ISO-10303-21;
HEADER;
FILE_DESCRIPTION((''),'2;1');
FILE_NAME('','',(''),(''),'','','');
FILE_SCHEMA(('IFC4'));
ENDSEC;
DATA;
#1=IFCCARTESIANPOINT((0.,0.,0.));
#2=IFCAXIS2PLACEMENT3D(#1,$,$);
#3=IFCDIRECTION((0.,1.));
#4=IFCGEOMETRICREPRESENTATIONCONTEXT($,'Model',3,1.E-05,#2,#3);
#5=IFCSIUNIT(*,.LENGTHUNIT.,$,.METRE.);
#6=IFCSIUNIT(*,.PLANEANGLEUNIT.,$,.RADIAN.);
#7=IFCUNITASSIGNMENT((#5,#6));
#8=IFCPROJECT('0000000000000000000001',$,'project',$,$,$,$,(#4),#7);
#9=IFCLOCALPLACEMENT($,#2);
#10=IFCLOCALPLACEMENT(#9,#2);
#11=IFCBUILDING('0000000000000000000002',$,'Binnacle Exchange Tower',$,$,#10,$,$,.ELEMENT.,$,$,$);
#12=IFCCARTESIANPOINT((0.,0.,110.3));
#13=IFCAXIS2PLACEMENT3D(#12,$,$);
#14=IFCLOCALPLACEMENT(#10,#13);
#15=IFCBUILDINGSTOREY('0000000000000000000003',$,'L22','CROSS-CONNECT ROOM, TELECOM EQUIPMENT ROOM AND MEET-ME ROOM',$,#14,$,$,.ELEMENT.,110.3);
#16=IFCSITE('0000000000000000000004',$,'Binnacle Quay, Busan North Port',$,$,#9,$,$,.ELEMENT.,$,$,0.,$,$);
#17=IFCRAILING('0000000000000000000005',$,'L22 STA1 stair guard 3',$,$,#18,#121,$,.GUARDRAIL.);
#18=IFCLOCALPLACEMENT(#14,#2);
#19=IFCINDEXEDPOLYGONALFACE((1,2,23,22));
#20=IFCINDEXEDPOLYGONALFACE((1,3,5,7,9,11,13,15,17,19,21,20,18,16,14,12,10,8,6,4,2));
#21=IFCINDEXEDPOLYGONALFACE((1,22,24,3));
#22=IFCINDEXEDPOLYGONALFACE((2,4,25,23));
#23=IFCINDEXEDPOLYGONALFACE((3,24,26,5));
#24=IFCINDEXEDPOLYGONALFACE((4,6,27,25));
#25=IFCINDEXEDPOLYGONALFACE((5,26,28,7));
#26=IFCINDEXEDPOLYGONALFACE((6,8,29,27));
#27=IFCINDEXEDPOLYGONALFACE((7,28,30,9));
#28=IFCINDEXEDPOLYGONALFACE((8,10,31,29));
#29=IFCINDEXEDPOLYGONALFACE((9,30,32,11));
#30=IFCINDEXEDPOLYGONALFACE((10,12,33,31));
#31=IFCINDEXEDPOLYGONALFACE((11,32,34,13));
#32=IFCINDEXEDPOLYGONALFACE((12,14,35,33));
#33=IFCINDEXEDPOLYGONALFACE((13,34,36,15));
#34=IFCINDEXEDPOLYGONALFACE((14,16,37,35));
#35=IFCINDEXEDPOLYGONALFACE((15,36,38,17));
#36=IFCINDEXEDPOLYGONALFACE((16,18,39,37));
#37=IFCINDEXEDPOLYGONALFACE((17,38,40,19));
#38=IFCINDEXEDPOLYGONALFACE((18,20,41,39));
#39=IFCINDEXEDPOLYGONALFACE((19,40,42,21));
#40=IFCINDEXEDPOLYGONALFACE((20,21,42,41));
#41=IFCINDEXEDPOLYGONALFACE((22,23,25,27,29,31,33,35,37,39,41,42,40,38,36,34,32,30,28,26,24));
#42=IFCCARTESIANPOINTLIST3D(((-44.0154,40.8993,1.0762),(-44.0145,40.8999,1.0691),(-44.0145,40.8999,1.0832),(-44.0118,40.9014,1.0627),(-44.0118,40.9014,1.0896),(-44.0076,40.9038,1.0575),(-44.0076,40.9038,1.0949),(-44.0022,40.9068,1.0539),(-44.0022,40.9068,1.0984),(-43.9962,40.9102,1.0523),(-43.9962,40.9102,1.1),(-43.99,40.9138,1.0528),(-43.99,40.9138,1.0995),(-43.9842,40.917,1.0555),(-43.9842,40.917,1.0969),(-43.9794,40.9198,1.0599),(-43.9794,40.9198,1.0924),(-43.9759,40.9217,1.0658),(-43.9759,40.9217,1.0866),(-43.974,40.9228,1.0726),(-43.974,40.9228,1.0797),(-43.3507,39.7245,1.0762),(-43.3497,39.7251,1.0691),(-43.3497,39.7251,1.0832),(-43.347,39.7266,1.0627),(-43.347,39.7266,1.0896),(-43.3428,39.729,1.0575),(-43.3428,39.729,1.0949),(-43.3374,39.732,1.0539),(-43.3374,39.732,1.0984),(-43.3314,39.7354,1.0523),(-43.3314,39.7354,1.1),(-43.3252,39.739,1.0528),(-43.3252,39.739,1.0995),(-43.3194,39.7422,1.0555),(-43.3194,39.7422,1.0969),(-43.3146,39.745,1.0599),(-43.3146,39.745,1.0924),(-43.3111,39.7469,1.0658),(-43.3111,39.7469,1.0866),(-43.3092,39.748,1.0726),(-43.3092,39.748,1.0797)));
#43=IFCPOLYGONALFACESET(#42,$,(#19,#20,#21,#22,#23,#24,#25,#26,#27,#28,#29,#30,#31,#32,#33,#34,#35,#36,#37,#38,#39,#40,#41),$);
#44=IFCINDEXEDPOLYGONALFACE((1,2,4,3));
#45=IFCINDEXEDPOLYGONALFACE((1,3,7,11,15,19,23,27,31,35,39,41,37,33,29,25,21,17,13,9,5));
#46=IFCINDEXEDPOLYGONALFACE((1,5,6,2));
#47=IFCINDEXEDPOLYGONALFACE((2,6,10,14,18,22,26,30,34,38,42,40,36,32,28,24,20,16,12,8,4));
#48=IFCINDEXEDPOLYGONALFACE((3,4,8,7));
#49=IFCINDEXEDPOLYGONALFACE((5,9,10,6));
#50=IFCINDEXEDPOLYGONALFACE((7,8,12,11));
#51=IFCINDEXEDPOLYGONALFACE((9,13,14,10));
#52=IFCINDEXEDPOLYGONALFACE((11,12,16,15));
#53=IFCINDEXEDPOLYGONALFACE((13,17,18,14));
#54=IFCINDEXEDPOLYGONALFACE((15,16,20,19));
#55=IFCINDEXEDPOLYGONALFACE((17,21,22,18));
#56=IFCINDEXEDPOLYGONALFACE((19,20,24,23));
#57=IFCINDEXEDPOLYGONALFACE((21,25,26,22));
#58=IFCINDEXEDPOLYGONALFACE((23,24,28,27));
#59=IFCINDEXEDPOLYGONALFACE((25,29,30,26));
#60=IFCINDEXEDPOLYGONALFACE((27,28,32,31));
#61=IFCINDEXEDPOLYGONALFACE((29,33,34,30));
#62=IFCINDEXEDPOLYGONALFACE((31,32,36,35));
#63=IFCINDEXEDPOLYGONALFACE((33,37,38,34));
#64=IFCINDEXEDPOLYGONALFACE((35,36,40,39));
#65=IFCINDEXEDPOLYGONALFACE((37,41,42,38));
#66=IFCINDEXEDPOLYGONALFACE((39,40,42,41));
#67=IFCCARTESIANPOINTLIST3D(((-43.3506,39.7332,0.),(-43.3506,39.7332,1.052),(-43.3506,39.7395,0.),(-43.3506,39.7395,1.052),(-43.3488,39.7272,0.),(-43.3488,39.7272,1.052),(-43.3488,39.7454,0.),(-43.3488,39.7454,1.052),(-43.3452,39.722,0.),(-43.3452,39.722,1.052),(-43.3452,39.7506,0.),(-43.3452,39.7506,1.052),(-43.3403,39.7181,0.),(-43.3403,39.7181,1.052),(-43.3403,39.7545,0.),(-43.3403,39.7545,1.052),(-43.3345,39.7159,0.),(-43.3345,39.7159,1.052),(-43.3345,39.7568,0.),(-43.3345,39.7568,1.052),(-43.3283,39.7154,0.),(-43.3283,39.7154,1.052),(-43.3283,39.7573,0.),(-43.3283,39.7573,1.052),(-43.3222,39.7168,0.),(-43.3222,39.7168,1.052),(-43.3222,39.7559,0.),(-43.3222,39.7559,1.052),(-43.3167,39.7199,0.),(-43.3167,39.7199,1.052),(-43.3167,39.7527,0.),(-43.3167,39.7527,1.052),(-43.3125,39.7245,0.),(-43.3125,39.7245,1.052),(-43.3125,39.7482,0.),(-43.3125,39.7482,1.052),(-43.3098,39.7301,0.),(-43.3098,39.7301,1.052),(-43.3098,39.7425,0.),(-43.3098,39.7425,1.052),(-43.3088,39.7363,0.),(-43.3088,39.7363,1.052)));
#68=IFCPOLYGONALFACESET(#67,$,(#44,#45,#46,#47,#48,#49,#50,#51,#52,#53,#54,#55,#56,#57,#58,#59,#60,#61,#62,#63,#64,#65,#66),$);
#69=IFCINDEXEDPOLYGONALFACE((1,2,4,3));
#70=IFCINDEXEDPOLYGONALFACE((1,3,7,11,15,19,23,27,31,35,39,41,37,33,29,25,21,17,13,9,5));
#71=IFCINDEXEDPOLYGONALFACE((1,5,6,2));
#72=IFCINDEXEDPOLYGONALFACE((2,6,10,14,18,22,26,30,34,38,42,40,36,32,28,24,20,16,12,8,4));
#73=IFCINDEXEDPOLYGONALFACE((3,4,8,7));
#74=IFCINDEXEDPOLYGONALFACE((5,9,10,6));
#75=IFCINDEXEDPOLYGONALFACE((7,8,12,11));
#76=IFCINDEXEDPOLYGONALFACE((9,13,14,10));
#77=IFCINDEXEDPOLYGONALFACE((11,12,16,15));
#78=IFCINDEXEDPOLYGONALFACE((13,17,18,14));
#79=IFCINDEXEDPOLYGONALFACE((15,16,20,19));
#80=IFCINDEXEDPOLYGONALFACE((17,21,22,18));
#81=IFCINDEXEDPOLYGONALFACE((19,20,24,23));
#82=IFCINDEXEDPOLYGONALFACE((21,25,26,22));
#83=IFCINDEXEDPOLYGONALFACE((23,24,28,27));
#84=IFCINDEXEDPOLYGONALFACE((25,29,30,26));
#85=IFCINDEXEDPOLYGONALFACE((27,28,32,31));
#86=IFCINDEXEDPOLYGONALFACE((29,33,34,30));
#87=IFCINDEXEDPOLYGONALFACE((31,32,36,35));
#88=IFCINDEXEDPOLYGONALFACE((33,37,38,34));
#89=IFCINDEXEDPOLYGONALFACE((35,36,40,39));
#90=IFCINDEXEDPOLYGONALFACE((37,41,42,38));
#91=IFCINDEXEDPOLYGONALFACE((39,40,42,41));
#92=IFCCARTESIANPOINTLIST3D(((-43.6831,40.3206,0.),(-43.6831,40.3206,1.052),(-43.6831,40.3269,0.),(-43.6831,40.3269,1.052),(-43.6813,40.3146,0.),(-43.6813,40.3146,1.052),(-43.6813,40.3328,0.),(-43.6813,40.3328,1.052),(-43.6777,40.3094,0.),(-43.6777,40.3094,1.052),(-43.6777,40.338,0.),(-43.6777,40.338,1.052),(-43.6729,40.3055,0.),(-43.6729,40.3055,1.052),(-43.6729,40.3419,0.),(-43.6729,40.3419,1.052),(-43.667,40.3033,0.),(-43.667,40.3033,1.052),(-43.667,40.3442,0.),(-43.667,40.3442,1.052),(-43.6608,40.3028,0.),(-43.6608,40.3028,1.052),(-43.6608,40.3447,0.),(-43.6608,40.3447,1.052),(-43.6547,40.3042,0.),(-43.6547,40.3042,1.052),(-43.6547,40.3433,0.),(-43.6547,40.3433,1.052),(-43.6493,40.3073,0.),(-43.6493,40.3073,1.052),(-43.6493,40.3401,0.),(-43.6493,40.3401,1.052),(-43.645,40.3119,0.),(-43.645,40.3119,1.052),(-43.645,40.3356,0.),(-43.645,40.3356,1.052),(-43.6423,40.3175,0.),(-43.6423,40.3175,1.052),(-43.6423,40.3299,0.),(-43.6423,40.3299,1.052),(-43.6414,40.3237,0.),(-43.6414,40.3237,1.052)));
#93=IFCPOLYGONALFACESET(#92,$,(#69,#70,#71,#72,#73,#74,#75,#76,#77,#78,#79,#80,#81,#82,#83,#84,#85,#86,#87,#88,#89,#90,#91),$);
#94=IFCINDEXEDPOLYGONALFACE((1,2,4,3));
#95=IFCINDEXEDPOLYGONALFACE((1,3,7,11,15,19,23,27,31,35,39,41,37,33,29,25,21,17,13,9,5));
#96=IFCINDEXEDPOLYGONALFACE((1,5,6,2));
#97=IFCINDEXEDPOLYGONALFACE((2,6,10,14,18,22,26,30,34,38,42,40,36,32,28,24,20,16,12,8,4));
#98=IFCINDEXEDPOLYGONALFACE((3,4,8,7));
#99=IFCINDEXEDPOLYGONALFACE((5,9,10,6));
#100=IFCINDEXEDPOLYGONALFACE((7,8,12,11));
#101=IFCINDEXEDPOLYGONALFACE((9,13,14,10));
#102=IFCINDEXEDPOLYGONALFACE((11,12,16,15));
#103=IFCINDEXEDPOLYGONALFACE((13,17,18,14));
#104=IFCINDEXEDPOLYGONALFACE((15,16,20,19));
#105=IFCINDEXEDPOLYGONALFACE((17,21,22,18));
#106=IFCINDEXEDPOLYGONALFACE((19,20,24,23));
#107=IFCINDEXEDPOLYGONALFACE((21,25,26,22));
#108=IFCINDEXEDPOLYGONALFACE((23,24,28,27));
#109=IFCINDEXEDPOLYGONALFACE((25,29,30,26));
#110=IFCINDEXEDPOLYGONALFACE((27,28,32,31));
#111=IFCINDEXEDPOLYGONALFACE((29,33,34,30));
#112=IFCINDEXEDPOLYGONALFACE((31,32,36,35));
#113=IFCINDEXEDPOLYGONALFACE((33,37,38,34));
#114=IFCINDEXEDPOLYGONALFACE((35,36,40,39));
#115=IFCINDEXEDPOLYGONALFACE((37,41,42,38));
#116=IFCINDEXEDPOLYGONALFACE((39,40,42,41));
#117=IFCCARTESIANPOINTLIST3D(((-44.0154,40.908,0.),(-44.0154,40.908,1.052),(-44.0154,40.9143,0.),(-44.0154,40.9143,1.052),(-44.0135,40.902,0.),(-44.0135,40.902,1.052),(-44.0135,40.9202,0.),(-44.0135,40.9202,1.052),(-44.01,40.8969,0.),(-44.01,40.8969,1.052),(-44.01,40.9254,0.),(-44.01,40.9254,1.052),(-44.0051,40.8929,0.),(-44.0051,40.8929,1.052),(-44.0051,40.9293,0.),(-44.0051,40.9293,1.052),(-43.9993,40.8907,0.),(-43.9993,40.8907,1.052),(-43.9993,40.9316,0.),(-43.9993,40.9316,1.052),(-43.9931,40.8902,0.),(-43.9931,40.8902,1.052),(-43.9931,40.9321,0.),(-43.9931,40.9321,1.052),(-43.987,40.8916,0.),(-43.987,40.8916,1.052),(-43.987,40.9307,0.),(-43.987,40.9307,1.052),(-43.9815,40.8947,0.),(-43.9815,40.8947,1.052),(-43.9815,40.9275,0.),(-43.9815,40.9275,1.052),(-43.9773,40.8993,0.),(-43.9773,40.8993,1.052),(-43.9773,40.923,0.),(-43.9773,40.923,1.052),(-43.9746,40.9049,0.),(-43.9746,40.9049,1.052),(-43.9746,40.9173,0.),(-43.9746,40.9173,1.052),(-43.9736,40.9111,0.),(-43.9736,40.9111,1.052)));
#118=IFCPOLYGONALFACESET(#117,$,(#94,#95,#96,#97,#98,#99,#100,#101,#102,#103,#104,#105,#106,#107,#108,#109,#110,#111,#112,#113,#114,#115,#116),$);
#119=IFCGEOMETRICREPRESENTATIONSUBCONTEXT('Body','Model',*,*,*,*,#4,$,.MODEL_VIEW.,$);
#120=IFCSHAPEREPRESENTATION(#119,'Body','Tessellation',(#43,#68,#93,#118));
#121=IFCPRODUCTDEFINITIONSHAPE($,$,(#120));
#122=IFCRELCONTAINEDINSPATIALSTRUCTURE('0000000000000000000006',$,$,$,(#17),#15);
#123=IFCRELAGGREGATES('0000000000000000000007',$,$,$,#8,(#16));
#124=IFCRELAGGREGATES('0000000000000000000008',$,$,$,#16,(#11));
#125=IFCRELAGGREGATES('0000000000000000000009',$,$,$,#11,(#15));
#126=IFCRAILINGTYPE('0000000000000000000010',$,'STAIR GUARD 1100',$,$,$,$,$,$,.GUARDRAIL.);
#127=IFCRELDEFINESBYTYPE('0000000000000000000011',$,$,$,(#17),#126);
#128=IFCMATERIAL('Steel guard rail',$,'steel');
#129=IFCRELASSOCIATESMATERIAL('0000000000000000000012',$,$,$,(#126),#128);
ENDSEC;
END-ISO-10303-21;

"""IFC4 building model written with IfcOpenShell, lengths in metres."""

from ifc_helpers import new_model, si_unit, direction, frame, origin, origin_2d, place, context, subcontext, project, spatial, circle, extrude, material, type_object, element, save


model = new_model("IFC4")

# Units and contexts
model_context = context("Model", 3, precision=1e-05, world=origin(), true_north=direction((0.0, 1.0)))
body_context = subcontext(model_context, "Body", "Model", "MODEL_VIEW")
ifc_project = project(units=[si_unit("LENGTHUNIT", "METRE"), si_unit("PLANEANGLEUNIT", "RADIAN")], contexts=[model_context])

# Site, building, storey
site_placement = place(None, origin())
site = spatial("IfcSite", under=ifc_project, at=site_placement, Name="Binnacle Quay, Busan North Port", CompositionType="ELEMENT", RefElevation=0.0)
building_placement = place(site_placement, origin())
building = spatial("IfcBuilding", under=site, at=building_placement, Name="Binnacle Exchange Tower", CompositionType="ELEMENT")
storey_placement = place(building_placement, frame((0.0, 0.0, 110.3)))
storey = spatial("IfcBuildingStorey", under=building, at=storey_placement, Name="L22", Description="CROSS-CONNECT ROOM, TELECOM EQUIPMENT ROOM AND MEET-ME ROOM", CompositionType="ELEMENT", Elevation=110.3)

# Railing
ifc_material_1 = material(Name="Steel guard rail", Category="steel")
railing_type_1 = type_object("IfcRailingType", Name="STAIR GUARD 1100", PredefinedType="GUARDRAIL", material=ifc_material_1)
railing_1_placement = place(storey_placement, frame((-43.3298, 39.7363, 0.0)))
element("IfcRailing", 1, at=railing_1_placement, inside=storey, type_object=railing_type_1, Name="L22 STA1 stair guard 3", PredefinedType="GUARDRAIL", context=body_context, shape_type="SweptSolid", body=[
    extrude(circle(Radius=0.0239, at=origin_2d()), frame((0.0, 0.0, 1.0762), z_axis=(-0.492492, 0.870317, 0.0), x_axis=(-0.870317, -0.492492, 0.0)), (0.0, 0.0, 1.0), 1.3499),
    extrude(circle(Radius=0.021, at=origin_2d()), origin(), (0.0, 0.0, 1.0), 1.052),
    extrude(circle(Radius=0.021, at=origin_2d()), frame((-0.3325, 0.5874, 0.0)), (0.0, 0.0, 1.0), 1.052),
    extrude(circle(Radius=0.021, at=origin_2d()), frame((-0.6648, 1.1748, 0.0)), (0.0, 0.0, 1.0), 1.052),
])

save(model, "model.ifc")
